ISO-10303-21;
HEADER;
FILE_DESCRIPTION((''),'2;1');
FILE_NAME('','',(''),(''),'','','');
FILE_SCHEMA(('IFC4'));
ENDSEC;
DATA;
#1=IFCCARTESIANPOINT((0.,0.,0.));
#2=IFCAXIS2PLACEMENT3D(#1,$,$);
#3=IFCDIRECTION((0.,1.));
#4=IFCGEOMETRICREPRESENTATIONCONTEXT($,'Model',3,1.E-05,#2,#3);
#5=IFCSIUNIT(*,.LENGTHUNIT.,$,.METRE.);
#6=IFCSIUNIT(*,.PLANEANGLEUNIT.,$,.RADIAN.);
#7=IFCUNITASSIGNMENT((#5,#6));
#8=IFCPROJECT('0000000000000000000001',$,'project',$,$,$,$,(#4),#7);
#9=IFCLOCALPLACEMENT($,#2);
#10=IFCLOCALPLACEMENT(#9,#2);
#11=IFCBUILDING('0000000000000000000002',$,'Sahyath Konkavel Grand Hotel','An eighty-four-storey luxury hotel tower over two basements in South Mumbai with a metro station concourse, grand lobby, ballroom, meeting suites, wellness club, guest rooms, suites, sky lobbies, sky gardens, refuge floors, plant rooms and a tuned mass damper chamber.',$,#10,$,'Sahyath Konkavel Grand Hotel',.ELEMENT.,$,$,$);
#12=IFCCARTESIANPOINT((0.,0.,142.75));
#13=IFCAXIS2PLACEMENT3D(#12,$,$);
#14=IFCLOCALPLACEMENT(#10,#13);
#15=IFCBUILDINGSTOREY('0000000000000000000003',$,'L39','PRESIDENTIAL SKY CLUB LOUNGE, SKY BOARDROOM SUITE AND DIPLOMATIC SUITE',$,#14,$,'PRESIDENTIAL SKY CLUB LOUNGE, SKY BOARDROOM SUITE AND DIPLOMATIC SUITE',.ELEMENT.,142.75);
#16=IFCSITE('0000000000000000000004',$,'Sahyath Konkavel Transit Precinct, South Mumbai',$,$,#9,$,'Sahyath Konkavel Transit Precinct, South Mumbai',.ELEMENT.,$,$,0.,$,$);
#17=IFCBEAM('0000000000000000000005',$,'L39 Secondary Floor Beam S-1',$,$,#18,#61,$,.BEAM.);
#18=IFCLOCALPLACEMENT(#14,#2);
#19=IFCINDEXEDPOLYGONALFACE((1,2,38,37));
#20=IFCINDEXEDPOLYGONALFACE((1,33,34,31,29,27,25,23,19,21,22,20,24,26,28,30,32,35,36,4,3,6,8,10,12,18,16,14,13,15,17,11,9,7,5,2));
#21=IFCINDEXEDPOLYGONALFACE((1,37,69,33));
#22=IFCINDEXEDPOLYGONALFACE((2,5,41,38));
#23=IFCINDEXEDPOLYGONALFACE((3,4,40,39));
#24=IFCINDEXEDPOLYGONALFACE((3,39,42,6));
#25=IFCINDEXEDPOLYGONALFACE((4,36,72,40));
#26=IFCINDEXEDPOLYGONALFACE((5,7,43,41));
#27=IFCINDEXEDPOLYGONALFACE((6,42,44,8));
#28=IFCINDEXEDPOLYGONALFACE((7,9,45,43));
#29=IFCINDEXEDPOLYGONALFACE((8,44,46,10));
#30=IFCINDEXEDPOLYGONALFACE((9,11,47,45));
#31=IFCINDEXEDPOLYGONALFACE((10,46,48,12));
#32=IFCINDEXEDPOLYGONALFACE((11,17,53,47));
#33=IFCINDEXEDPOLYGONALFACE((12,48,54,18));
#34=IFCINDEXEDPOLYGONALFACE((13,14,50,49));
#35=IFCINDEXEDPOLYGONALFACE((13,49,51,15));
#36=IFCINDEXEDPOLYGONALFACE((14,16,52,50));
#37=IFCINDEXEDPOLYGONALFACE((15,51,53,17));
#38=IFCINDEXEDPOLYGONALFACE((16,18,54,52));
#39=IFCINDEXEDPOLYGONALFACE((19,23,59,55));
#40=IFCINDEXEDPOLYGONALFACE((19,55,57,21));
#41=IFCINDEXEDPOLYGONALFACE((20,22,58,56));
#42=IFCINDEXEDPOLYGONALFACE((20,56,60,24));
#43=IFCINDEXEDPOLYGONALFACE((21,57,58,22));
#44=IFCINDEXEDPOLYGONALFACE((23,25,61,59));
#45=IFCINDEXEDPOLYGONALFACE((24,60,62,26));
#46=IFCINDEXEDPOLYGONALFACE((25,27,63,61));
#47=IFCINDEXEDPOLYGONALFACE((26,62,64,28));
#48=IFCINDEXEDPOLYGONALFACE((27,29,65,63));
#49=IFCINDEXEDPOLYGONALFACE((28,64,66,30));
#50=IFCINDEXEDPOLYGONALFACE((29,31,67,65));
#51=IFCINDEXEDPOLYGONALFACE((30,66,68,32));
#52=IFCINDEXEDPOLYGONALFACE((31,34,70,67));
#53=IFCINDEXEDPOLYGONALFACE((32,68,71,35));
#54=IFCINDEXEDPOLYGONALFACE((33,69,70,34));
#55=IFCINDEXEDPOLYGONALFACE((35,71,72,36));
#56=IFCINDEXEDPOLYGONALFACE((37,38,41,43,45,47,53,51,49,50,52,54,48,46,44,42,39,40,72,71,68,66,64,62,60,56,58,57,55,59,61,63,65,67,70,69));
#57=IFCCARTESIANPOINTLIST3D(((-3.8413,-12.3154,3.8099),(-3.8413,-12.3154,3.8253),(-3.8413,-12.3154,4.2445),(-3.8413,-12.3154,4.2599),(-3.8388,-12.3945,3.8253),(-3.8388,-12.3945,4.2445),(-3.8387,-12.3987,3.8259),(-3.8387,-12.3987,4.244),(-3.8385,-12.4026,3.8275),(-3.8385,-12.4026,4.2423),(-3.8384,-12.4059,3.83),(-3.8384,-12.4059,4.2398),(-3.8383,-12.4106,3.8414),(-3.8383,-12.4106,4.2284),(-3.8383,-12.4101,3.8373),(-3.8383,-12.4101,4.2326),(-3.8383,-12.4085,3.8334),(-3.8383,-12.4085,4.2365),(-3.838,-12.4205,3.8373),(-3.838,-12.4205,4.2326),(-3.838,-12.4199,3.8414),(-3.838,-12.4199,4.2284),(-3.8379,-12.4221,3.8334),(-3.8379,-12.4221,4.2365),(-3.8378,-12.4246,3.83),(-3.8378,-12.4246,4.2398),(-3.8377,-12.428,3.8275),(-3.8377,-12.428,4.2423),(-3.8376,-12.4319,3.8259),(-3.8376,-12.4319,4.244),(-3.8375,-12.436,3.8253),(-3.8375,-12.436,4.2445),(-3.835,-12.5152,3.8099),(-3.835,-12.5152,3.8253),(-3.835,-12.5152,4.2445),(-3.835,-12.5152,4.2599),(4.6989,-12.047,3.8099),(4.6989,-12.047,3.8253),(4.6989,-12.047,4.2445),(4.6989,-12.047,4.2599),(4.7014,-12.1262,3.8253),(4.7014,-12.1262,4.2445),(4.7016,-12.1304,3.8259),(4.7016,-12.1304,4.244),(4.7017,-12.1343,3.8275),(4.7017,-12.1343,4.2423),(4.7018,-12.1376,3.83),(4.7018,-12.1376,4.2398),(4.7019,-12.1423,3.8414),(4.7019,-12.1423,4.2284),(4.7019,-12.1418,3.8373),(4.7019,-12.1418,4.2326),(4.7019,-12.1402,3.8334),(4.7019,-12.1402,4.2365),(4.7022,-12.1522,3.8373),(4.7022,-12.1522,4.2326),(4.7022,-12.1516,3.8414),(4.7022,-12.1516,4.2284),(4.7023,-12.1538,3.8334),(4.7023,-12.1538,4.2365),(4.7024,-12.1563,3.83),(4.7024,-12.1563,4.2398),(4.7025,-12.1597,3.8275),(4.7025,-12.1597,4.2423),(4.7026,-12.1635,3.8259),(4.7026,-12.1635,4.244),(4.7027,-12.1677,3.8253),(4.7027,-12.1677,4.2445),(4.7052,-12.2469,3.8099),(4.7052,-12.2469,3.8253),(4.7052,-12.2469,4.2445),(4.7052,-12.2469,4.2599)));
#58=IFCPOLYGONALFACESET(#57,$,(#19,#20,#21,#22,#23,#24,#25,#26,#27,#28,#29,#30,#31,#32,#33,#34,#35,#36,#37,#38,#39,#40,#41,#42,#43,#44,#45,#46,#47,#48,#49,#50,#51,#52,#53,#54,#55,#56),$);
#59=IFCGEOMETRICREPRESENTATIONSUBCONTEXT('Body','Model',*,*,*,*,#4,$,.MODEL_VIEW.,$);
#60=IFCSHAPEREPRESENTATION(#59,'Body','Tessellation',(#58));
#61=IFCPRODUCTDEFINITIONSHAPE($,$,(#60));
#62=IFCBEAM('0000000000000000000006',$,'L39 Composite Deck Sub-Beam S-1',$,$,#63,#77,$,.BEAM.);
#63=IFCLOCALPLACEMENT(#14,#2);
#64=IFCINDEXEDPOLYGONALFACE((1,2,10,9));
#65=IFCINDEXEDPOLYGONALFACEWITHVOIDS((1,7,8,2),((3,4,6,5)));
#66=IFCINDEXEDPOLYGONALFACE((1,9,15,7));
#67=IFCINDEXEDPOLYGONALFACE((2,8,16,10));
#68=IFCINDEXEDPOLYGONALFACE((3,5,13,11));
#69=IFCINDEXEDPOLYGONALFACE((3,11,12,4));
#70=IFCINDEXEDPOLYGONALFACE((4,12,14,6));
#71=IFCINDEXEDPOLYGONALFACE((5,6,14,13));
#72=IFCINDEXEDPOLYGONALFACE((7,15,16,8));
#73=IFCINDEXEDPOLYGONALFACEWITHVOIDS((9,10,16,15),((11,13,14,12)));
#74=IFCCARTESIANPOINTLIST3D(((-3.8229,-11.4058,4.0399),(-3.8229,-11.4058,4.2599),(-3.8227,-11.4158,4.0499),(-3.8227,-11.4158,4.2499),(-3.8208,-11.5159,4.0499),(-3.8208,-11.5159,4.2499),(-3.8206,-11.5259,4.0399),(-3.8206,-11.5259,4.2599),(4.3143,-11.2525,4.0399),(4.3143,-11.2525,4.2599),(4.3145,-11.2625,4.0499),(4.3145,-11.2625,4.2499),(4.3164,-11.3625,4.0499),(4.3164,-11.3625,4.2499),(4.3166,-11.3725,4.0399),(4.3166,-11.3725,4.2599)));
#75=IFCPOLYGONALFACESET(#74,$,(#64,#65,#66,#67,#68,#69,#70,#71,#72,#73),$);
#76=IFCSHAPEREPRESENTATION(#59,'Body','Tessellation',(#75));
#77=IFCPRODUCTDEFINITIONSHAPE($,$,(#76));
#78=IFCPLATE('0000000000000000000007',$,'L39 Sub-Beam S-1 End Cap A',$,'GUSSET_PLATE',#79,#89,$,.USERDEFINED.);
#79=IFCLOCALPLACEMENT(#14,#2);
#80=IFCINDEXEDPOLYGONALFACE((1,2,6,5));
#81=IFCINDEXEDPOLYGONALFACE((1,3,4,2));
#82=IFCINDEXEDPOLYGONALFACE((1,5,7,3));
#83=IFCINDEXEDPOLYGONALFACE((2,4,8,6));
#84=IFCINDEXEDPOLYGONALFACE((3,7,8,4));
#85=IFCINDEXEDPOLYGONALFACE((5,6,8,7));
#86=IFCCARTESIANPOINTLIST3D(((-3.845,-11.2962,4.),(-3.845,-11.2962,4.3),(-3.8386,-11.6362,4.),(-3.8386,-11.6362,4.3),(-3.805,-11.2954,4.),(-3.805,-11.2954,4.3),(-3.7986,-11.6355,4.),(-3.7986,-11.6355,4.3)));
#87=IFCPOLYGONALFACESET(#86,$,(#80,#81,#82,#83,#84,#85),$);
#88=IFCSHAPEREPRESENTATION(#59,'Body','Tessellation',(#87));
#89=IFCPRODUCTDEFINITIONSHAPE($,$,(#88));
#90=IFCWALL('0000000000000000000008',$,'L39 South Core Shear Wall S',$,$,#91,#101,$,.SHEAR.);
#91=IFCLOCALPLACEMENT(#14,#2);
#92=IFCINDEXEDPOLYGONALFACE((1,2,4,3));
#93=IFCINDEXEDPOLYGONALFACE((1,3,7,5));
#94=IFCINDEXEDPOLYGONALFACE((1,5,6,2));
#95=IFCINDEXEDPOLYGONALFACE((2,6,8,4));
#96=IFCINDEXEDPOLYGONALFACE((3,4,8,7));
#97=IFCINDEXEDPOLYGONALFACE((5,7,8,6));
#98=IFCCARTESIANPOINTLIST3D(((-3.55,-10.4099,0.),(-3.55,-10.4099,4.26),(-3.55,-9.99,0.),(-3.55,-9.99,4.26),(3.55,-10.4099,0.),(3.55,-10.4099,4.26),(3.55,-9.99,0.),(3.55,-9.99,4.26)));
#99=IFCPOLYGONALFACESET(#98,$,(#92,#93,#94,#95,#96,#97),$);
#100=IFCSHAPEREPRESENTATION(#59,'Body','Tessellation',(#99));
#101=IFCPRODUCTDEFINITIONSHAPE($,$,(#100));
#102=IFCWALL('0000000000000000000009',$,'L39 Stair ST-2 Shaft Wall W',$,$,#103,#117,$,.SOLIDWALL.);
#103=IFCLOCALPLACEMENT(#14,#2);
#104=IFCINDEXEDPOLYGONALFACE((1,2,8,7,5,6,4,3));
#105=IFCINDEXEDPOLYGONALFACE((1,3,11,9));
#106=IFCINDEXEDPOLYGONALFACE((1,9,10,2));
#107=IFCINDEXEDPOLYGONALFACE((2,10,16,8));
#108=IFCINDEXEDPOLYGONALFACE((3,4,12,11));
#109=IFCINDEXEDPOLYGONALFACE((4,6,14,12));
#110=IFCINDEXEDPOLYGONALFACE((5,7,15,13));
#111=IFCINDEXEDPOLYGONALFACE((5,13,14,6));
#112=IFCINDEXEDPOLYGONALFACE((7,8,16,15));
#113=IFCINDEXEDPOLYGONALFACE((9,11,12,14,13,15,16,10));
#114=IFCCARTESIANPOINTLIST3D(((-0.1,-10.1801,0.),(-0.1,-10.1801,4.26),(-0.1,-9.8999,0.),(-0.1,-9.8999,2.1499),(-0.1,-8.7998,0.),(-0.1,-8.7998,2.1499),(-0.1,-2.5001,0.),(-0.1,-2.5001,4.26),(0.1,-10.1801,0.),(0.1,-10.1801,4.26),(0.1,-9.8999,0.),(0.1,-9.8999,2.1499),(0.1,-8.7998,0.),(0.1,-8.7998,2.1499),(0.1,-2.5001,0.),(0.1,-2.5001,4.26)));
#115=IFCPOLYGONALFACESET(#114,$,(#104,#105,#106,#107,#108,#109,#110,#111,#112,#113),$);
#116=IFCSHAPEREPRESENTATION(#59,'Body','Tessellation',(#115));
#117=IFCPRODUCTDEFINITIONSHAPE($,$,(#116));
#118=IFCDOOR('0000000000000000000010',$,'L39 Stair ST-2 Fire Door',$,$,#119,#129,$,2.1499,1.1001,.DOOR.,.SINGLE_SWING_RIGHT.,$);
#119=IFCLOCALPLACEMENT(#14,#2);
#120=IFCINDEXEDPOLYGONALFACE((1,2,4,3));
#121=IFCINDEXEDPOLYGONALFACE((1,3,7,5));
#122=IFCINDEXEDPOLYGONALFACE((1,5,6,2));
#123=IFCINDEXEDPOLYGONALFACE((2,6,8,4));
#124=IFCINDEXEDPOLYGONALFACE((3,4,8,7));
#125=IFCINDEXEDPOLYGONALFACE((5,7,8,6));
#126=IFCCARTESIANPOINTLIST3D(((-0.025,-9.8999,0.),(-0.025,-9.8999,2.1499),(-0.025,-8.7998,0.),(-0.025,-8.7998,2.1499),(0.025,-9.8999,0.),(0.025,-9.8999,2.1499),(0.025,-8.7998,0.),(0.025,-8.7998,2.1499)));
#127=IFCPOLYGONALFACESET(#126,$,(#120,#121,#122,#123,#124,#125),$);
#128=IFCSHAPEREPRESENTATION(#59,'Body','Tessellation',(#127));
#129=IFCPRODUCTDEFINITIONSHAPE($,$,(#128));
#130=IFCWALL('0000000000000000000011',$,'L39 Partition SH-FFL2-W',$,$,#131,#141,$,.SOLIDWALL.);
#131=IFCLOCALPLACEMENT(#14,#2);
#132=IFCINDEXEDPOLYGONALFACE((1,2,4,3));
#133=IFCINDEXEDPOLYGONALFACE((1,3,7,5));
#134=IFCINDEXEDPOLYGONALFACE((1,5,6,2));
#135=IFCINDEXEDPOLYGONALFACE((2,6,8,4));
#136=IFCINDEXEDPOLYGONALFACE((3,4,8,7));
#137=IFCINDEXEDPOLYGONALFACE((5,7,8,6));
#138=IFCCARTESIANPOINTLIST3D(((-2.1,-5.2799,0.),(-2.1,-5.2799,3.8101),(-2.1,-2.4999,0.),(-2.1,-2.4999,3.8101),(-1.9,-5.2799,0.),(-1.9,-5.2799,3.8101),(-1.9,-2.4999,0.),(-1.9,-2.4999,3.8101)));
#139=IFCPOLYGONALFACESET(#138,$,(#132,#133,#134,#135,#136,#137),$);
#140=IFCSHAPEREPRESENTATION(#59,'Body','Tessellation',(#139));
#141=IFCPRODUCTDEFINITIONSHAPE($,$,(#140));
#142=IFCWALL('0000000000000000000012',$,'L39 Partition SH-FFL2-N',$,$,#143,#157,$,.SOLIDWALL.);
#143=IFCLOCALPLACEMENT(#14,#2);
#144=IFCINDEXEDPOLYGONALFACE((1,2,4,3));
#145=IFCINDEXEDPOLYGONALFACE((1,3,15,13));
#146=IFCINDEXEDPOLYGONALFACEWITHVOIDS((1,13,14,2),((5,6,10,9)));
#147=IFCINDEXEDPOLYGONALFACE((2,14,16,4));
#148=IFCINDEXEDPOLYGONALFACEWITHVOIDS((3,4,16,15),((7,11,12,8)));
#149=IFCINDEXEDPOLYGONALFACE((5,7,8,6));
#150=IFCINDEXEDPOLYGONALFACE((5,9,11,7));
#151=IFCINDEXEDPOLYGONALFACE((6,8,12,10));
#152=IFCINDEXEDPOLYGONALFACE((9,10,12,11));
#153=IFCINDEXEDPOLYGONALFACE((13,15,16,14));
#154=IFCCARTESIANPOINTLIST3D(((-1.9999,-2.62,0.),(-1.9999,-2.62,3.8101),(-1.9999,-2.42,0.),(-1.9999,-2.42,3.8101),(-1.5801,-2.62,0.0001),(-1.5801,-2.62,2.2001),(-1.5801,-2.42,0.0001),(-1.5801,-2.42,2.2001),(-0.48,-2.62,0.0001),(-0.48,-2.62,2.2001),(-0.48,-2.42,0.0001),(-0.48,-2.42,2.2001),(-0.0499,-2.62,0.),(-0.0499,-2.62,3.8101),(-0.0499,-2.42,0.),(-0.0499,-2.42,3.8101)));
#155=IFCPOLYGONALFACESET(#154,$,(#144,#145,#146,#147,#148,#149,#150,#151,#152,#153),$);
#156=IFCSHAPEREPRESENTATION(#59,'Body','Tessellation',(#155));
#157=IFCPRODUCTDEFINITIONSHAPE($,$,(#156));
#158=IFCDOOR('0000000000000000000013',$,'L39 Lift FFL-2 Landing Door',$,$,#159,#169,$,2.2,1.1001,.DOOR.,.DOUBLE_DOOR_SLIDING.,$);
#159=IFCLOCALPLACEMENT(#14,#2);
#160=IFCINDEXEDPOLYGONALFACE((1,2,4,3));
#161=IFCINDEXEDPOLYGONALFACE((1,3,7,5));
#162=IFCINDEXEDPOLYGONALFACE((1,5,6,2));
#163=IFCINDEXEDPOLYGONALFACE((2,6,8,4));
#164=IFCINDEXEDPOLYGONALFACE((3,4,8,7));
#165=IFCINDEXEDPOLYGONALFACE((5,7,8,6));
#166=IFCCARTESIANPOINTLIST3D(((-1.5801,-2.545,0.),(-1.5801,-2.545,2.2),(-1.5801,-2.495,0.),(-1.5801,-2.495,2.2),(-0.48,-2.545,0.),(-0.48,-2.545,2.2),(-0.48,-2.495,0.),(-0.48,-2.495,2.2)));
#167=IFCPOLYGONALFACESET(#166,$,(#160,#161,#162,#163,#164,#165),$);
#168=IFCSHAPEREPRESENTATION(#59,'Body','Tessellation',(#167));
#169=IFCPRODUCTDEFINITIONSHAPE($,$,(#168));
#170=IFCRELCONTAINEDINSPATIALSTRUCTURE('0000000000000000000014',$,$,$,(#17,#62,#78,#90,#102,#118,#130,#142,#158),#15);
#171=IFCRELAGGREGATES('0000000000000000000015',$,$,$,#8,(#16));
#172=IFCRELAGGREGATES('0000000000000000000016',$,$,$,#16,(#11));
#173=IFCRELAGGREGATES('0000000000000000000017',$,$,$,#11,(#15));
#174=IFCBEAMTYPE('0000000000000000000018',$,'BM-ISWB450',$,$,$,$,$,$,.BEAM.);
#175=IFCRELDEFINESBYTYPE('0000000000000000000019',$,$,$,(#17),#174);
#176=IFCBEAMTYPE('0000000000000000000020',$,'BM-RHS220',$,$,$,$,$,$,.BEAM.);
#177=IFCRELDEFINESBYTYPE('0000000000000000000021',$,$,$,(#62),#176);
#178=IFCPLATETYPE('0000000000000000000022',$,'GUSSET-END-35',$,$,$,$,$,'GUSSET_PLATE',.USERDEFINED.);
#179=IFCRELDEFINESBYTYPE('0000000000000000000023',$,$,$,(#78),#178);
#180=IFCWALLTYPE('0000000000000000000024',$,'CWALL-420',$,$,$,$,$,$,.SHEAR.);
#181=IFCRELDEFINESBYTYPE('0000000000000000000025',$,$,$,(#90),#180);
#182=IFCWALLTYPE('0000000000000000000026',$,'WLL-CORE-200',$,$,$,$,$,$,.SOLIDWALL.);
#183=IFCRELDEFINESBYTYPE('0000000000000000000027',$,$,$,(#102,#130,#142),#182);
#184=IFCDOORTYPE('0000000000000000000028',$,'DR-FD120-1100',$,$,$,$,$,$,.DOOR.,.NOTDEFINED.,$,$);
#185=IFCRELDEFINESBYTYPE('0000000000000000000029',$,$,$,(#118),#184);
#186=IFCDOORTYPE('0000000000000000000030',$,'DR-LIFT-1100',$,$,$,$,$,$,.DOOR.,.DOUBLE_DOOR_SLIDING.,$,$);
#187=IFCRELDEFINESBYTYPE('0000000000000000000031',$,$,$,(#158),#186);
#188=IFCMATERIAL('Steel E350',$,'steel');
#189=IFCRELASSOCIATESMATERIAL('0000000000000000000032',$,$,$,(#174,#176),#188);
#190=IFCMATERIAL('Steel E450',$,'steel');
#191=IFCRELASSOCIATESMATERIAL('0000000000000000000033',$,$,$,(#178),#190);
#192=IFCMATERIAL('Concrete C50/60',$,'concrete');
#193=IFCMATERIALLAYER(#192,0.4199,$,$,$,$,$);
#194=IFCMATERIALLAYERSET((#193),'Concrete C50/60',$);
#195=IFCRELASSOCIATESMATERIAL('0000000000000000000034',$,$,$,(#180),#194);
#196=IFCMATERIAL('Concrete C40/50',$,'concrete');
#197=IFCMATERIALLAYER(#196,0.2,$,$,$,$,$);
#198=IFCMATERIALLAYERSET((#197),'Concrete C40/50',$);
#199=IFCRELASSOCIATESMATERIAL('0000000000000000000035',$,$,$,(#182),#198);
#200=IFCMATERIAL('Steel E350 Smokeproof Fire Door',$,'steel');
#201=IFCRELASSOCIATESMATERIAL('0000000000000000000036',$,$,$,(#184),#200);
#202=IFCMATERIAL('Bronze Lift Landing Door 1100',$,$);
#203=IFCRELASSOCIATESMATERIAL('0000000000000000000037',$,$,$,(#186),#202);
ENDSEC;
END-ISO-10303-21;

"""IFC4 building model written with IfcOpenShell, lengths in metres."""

from ifc_helpers import new_model, si_unit, direction, frame, frame_2d, origin, origin_2d, place, context, subcontext, project, spatial, rectangle, hollow_rectangle, i_section, extrude, source, transform, mapped, material, layer, layer_set, material_profile, profile_set, type_object, element, fill, save


model = new_model("IFC4")

# Units and contexts
model_context = context("Model", 3, precision=1e-05, world=origin(), true_north=direction((0.0, 1.0)))
body_context = subcontext(model_context, "Body", "Model", "MODEL_VIEW")
ifc_project = project(units=[si_unit("LENGTHUNIT", "METRE"), si_unit("PLANEANGLEUNIT", "RADIAN")], contexts=[model_context])

# Site, building, storey
site_placement = place(None, origin())
site = spatial("IfcSite", under=ifc_project, at=site_placement, Name="Sahyath Konkavel Transit Precinct, South Mumbai", LongName="Sahyath Konkavel Transit Precinct, South Mumbai", CompositionType="ELEMENT", RefElevation=0.0)
building_placement = place(site_placement, origin())
building = spatial("IfcBuilding", under=site, at=building_placement, Name="Sahyath Konkavel Grand Hotel", Description="An eighty-four-storey luxury hotel tower over two basements in South Mumbai with a metro station concourse, grand lobby, ballroom, meeting suites, wellness club, guest rooms, suites, sky lobbies, sky gardens, refuge floors, plant rooms and a tuned mass damper chamber.", LongName="Sahyath Konkavel Grand Hotel", CompositionType="ELEMENT")
storey_placement = place(building_placement, frame((0.0, 0.0, 142.75)))
storey = spatial("IfcBuildingStorey", under=building, at=storey_placement, Name="L39", Description="PRESIDENTIAL SKY CLUB LOUNGE, SKY BOARDROOM SUITE AND DIPLOMATIC SUITE", LongName="PRESIDENTIAL SKY CLUB LOUNGE, SKY BOARDROOM SUITE AND DIPLOMATIC SUITE", CompositionType="ELEMENT", Elevation=142.75)

# Shared definitions
ifc_material_1 = material(Name="Concrete C50/60", Category="concrete")

# Beams
ifc_material_2 = material(Name="Steel E350", Category="steel")
ifc_material_profile_1 = material_profile(ifc_material_2, i_section(OverallWidth=0.2, OverallDepth=0.45, WebThickness=0.0093, FlangeThickness=0.0154, FilletRadius=0.0161, at=origin_2d()), Name="ISWB 450")
ifc_profile_set_1 = profile_set([ifc_material_profile_1], Name="Steel E350")
beam_type_1 = type_object("IfcBeamType", Name="BM-ISWB450", PredefinedType="BEAM", material=ifc_profile_set_1)
shared_shape_1 = source(origin(), body_context, "Body", "SweptSolid", [
    extrude(i_section(OverallWidth=0.2, OverallDepth=0.45, WebThickness=0.0093, FlangeThickness=0.0154, FilletRadius=0.0161, at=origin_2d()), origin(), (0.0, 0.0, 1.0), 8.5444),
])
beam_1_placement = place(storey_placement, frame((-3.8381, -12.4153, 4.0349), z_axis=(0.999507, 0.031402, 0.0), x_axis=(-0.031402, 0.999507, 0.0)))
element("IfcBeam", 1, at=beam_1_placement, inside=storey, type_object=beam_type_1, Name="L39 Secondary Floor Beam S-1", PredefinedType="BEAM", context=body_context, shape_type="MappedRepresentation", body=[
    mapped(shared_shape_1, transform((0.0, 0.0, 0.0), scale=1.0)),
])
ifc_material_profile_2 = material_profile(ifc_material_2, hollow_rectangle(XDim=0.1201, YDim=0.22, WallThickness=0.01, at=origin_2d()), Name="RHS 220x120x10")
ifc_profile_set_2 = profile_set([ifc_material_profile_2], Name="Steel E350")
beam_type_2 = type_object("IfcBeamType", Name="BM-RHS220", PredefinedType="BEAM", material=ifc_profile_set_2)
shared_shape_2 = source(origin(), body_context, "Body", "SweptSolid", [
    extrude(hollow_rectangle(XDim=0.1201, YDim=0.22, WallThickness=0.01, at=origin_2d()), origin(), (0.0, 0.0, 1.0), 8.1387),
])
beam_2_placement = place(storey_placement, frame((-3.8218, -11.4658, 4.1499), z_axis=(0.999823, 0.018839, 0.0), x_axis=(-0.018839, 0.999823, 0.0)))
element("IfcBeam", 2, at=beam_2_placement, inside=storey, type_object=beam_type_2, Name="L39 Composite Deck Sub-Beam S-1", PredefinedType="BEAM", context=body_context, shape_type="MappedRepresentation", body=[
    mapped(shared_shape_2, transform((0.0, 0.0, 0.0), scale=1.0)),
])

# Plate
ifc_material_3 = material(Name="Steel E450", Category="steel")
plate_type = type_object("IfcPlateType", Name="GUSSET-END-35", ElementType="GUSSET_PLATE", PredefinedType="USERDEFINED", material=ifc_material_3)
shared_shape_3 = source(origin(), body_context, "Body", "SweptSolid", [
    extrude(rectangle(XDim=0.04, YDim=0.3401, at=origin_2d()), origin(), (0.0, 0.0, 1.0), 0.3),
])
plate_placement = place(storey_placement, frame((-3.8218, -11.4658, 4.0), z_axis=(0.0, 0.0, 1.0), x_axis=(0.999822, 0.018848, 0.0)))
element("IfcPlate", 3, at=plate_placement, inside=storey, type_object=plate_type, Name="L39 Sub-Beam S-1 End Cap A", ObjectType="GUSSET_PLATE", PredefinedType="USERDEFINED", context=body_context, shape_type="MappedRepresentation", body=[
    mapped(shared_shape_3, transform((0.0, 0.0, 0.0), scale=1.0)),
])

# Wall
ifc_layer_1 = layer(ifc_material_1, 0.4199)
ifc_layer_set_1 = layer_set([ifc_layer_1], Name="Concrete C50/60")
wall_type_1 = type_object("IfcWallType", Name="CWALL-420", PredefinedType="SHEAR", material=ifc_layer_set_1)
wall_1_placement = place(storey_placement, frame((-3.55, -10.2, 0.0), z_axis=(0.0, 0.0, 1.0), x_axis=(1.0, 0.0, 0.0)))
element("IfcWall", 4, at=wall_1_placement, inside=storey, type_object=wall_type_1, Name="L39 South Core Shear Wall S", PredefinedType="SHEAR", context=body_context, shape_type="SweptSolid", body=[
    extrude(rectangle(XDim=7.1001, YDim=0.4199, at=frame_2d((3.55, 0.0))), origin(), (0.0, 0.0, 1.0), 4.26),
])

# Wall, opening, door
ifc_material_4 = material(Name="Concrete C40/50", Category="concrete")
ifc_layer_2 = layer(ifc_material_4, 0.2)
ifc_layer_set_2 = layer_set([ifc_layer_2], Name="Concrete C40/50")
wall_type_2 = type_object("IfcWallType", Name="WLL-CORE-200", PredefinedType="SOLIDWALL", material=ifc_layer_set_2)
wall_2_placement = place(storey_placement, frame((0.0, -10.1799, 0.0), z_axis=(0.0, 0.0, 1.0), x_axis=(0.0, 1.0, 0.0)))
wall_2 = element("IfcWall", 5, at=wall_2_placement, inside=storey, type_object=wall_type_2, Name="L39 Stair ST-2 Shaft Wall W", PredefinedType="SOLIDWALL", context=body_context, shape_type="SweptSolid", body=[
    extrude(rectangle(XDim=7.6799, YDim=0.2, at=frame_2d((3.8398, 0.0))), origin(), (0.0, 0.0, 1.0), 4.26),
])
opening_1_placement = place(wall_2_placement, frame((0.28, 0.0, 0.0)))
opening_1 = element("IfcOpeningElement", 6, at=opening_1_placement, cuts=wall_2, PredefinedType="OPENING", context=body_context, shape_type="SweptSolid", body=[
    extrude(rectangle(XDim=1.1001, YDim=2.1499, at=frame_2d((0.55, 1.075))), frame((0.0, 0.1099, 0.0), z_axis=(0.0, -1.0, 0.0), x_axis=(1.0, 0.0, 0.0)), (0.0, 0.0, 1.0), 0.22),
])
ifc_material_5 = material(Name="Steel E350 Smokeproof Fire Door", Category="steel")
door_type_1 = type_object("IfcDoorType", Name="DR-FD120-1100", OperationType="NOTDEFINED", PredefinedType="DOOR", material=ifc_material_5)
shared_shape_4 = source(origin(), body_context, "Body", "SweptSolid", [
    extrude(rectangle(XDim=1.1001, YDim=0.05, at=origin_2d()), origin(), (0.0, 0.0, 1.0), 2.1499),
])
door_1_placement = place(opening_1_placement, frame((0.55, 0.0, 0.0)))
door_1 = element("IfcDoor", 7, at=door_1_placement, inside=storey, type_object=door_type_1, Name="L39 Stair ST-2 Fire Door", OperationType="SINGLE_SWING_RIGHT", OverallHeight=2.1499, OverallWidth=1.1001, PredefinedType="DOOR", context=body_context, shape_type="MappedRepresentation", body=[
    mapped(shared_shape_4, transform((0.0, 0.0, 0.0), scale=1.0)),
])
fill(opening_1, door_1)

# Wall
wall_3_placement = place(storey_placement, frame((-2.0, -5.28, 0.0), z_axis=(0.0, 0.0, 1.0), x_axis=(0.0, 1.0, 0.0)))
element("IfcWall", 8, at=wall_3_placement, inside=storey, type_object=wall_type_2, Name="L39 Partition SH-FFL2-W", PredefinedType="SOLIDWALL", context=body_context, shape_type="SweptSolid", body=[
    extrude(rectangle(XDim=2.78, YDim=0.2, at=frame_2d((1.3901, 0.0))), origin(), (0.0, 0.0, 1.0), 3.8101),
])

# Wall, opening, door
wall_4_placement = place(storey_placement, frame((-2.0, -2.52, 0.0), z_axis=(0.0, 0.0, 1.0), x_axis=(1.0, 0.0, 0.0)))
wall_4 = element("IfcWall", 9, at=wall_4_placement, inside=storey, type_object=wall_type_2, Name="L39 Partition SH-FFL2-N", PredefinedType="SOLIDWALL", context=body_context, shape_type="SweptSolid", body=[
    extrude(rectangle(XDim=1.95, YDim=0.2, at=frame_2d((0.9751, 0.0))), origin(), (0.0, 0.0, 1.0), 3.8101),
])
opening_2_placement = place(wall_4_placement, frame((0.4199, 0.0, 0.0)))
opening_2 = element("IfcOpeningElement", 10, at=opening_2_placement, cuts=wall_4, PredefinedType="OPENING", context=body_context, shape_type="SweptSolid", body=[
    extrude(rectangle(XDim=1.1001, YDim=2.2, at=frame_2d((0.55, 1.1001))), frame((0.0, 0.1099, 0.0), z_axis=(0.0, -1.0, 0.0), x_axis=(1.0, 0.0, 0.0)), (0.0, 0.0, 1.0), 0.22),
])
ifc_material_6 = material(Name="Bronze Lift Landing Door 1100")
door_type_2 = type_object("IfcDoorType", Name="DR-LIFT-1100", OperationType="DOUBLE_DOOR_SLIDING", PredefinedType="DOOR", material=ifc_material_6)
shared_shape_5 = source(origin(), body_context, "Body", "SweptSolid", [
    extrude(rectangle(XDim=1.1001, YDim=0.05, at=origin_2d()), origin(), (0.0, 0.0, 1.0), 2.2),
])
door_2_placement = place(opening_2_placement, frame((0.55, 0.0, 0.0)))
door_2 = element("IfcDoor", 11, at=door_2_placement, inside=storey, type_object=door_type_2, Name="L39 Lift FFL-2 Landing Door", OperationType="DOUBLE_DOOR_SLIDING", OverallHeight=2.2, OverallWidth=1.1001, PredefinedType="DOOR", context=body_context, shape_type="MappedRepresentation", body=[
    mapped(shared_shape_5, transform((0.0, 0.0, 0.0), scale=1.0)),
])
fill(opening_2, door_2)

save(model, "model.ifc")
